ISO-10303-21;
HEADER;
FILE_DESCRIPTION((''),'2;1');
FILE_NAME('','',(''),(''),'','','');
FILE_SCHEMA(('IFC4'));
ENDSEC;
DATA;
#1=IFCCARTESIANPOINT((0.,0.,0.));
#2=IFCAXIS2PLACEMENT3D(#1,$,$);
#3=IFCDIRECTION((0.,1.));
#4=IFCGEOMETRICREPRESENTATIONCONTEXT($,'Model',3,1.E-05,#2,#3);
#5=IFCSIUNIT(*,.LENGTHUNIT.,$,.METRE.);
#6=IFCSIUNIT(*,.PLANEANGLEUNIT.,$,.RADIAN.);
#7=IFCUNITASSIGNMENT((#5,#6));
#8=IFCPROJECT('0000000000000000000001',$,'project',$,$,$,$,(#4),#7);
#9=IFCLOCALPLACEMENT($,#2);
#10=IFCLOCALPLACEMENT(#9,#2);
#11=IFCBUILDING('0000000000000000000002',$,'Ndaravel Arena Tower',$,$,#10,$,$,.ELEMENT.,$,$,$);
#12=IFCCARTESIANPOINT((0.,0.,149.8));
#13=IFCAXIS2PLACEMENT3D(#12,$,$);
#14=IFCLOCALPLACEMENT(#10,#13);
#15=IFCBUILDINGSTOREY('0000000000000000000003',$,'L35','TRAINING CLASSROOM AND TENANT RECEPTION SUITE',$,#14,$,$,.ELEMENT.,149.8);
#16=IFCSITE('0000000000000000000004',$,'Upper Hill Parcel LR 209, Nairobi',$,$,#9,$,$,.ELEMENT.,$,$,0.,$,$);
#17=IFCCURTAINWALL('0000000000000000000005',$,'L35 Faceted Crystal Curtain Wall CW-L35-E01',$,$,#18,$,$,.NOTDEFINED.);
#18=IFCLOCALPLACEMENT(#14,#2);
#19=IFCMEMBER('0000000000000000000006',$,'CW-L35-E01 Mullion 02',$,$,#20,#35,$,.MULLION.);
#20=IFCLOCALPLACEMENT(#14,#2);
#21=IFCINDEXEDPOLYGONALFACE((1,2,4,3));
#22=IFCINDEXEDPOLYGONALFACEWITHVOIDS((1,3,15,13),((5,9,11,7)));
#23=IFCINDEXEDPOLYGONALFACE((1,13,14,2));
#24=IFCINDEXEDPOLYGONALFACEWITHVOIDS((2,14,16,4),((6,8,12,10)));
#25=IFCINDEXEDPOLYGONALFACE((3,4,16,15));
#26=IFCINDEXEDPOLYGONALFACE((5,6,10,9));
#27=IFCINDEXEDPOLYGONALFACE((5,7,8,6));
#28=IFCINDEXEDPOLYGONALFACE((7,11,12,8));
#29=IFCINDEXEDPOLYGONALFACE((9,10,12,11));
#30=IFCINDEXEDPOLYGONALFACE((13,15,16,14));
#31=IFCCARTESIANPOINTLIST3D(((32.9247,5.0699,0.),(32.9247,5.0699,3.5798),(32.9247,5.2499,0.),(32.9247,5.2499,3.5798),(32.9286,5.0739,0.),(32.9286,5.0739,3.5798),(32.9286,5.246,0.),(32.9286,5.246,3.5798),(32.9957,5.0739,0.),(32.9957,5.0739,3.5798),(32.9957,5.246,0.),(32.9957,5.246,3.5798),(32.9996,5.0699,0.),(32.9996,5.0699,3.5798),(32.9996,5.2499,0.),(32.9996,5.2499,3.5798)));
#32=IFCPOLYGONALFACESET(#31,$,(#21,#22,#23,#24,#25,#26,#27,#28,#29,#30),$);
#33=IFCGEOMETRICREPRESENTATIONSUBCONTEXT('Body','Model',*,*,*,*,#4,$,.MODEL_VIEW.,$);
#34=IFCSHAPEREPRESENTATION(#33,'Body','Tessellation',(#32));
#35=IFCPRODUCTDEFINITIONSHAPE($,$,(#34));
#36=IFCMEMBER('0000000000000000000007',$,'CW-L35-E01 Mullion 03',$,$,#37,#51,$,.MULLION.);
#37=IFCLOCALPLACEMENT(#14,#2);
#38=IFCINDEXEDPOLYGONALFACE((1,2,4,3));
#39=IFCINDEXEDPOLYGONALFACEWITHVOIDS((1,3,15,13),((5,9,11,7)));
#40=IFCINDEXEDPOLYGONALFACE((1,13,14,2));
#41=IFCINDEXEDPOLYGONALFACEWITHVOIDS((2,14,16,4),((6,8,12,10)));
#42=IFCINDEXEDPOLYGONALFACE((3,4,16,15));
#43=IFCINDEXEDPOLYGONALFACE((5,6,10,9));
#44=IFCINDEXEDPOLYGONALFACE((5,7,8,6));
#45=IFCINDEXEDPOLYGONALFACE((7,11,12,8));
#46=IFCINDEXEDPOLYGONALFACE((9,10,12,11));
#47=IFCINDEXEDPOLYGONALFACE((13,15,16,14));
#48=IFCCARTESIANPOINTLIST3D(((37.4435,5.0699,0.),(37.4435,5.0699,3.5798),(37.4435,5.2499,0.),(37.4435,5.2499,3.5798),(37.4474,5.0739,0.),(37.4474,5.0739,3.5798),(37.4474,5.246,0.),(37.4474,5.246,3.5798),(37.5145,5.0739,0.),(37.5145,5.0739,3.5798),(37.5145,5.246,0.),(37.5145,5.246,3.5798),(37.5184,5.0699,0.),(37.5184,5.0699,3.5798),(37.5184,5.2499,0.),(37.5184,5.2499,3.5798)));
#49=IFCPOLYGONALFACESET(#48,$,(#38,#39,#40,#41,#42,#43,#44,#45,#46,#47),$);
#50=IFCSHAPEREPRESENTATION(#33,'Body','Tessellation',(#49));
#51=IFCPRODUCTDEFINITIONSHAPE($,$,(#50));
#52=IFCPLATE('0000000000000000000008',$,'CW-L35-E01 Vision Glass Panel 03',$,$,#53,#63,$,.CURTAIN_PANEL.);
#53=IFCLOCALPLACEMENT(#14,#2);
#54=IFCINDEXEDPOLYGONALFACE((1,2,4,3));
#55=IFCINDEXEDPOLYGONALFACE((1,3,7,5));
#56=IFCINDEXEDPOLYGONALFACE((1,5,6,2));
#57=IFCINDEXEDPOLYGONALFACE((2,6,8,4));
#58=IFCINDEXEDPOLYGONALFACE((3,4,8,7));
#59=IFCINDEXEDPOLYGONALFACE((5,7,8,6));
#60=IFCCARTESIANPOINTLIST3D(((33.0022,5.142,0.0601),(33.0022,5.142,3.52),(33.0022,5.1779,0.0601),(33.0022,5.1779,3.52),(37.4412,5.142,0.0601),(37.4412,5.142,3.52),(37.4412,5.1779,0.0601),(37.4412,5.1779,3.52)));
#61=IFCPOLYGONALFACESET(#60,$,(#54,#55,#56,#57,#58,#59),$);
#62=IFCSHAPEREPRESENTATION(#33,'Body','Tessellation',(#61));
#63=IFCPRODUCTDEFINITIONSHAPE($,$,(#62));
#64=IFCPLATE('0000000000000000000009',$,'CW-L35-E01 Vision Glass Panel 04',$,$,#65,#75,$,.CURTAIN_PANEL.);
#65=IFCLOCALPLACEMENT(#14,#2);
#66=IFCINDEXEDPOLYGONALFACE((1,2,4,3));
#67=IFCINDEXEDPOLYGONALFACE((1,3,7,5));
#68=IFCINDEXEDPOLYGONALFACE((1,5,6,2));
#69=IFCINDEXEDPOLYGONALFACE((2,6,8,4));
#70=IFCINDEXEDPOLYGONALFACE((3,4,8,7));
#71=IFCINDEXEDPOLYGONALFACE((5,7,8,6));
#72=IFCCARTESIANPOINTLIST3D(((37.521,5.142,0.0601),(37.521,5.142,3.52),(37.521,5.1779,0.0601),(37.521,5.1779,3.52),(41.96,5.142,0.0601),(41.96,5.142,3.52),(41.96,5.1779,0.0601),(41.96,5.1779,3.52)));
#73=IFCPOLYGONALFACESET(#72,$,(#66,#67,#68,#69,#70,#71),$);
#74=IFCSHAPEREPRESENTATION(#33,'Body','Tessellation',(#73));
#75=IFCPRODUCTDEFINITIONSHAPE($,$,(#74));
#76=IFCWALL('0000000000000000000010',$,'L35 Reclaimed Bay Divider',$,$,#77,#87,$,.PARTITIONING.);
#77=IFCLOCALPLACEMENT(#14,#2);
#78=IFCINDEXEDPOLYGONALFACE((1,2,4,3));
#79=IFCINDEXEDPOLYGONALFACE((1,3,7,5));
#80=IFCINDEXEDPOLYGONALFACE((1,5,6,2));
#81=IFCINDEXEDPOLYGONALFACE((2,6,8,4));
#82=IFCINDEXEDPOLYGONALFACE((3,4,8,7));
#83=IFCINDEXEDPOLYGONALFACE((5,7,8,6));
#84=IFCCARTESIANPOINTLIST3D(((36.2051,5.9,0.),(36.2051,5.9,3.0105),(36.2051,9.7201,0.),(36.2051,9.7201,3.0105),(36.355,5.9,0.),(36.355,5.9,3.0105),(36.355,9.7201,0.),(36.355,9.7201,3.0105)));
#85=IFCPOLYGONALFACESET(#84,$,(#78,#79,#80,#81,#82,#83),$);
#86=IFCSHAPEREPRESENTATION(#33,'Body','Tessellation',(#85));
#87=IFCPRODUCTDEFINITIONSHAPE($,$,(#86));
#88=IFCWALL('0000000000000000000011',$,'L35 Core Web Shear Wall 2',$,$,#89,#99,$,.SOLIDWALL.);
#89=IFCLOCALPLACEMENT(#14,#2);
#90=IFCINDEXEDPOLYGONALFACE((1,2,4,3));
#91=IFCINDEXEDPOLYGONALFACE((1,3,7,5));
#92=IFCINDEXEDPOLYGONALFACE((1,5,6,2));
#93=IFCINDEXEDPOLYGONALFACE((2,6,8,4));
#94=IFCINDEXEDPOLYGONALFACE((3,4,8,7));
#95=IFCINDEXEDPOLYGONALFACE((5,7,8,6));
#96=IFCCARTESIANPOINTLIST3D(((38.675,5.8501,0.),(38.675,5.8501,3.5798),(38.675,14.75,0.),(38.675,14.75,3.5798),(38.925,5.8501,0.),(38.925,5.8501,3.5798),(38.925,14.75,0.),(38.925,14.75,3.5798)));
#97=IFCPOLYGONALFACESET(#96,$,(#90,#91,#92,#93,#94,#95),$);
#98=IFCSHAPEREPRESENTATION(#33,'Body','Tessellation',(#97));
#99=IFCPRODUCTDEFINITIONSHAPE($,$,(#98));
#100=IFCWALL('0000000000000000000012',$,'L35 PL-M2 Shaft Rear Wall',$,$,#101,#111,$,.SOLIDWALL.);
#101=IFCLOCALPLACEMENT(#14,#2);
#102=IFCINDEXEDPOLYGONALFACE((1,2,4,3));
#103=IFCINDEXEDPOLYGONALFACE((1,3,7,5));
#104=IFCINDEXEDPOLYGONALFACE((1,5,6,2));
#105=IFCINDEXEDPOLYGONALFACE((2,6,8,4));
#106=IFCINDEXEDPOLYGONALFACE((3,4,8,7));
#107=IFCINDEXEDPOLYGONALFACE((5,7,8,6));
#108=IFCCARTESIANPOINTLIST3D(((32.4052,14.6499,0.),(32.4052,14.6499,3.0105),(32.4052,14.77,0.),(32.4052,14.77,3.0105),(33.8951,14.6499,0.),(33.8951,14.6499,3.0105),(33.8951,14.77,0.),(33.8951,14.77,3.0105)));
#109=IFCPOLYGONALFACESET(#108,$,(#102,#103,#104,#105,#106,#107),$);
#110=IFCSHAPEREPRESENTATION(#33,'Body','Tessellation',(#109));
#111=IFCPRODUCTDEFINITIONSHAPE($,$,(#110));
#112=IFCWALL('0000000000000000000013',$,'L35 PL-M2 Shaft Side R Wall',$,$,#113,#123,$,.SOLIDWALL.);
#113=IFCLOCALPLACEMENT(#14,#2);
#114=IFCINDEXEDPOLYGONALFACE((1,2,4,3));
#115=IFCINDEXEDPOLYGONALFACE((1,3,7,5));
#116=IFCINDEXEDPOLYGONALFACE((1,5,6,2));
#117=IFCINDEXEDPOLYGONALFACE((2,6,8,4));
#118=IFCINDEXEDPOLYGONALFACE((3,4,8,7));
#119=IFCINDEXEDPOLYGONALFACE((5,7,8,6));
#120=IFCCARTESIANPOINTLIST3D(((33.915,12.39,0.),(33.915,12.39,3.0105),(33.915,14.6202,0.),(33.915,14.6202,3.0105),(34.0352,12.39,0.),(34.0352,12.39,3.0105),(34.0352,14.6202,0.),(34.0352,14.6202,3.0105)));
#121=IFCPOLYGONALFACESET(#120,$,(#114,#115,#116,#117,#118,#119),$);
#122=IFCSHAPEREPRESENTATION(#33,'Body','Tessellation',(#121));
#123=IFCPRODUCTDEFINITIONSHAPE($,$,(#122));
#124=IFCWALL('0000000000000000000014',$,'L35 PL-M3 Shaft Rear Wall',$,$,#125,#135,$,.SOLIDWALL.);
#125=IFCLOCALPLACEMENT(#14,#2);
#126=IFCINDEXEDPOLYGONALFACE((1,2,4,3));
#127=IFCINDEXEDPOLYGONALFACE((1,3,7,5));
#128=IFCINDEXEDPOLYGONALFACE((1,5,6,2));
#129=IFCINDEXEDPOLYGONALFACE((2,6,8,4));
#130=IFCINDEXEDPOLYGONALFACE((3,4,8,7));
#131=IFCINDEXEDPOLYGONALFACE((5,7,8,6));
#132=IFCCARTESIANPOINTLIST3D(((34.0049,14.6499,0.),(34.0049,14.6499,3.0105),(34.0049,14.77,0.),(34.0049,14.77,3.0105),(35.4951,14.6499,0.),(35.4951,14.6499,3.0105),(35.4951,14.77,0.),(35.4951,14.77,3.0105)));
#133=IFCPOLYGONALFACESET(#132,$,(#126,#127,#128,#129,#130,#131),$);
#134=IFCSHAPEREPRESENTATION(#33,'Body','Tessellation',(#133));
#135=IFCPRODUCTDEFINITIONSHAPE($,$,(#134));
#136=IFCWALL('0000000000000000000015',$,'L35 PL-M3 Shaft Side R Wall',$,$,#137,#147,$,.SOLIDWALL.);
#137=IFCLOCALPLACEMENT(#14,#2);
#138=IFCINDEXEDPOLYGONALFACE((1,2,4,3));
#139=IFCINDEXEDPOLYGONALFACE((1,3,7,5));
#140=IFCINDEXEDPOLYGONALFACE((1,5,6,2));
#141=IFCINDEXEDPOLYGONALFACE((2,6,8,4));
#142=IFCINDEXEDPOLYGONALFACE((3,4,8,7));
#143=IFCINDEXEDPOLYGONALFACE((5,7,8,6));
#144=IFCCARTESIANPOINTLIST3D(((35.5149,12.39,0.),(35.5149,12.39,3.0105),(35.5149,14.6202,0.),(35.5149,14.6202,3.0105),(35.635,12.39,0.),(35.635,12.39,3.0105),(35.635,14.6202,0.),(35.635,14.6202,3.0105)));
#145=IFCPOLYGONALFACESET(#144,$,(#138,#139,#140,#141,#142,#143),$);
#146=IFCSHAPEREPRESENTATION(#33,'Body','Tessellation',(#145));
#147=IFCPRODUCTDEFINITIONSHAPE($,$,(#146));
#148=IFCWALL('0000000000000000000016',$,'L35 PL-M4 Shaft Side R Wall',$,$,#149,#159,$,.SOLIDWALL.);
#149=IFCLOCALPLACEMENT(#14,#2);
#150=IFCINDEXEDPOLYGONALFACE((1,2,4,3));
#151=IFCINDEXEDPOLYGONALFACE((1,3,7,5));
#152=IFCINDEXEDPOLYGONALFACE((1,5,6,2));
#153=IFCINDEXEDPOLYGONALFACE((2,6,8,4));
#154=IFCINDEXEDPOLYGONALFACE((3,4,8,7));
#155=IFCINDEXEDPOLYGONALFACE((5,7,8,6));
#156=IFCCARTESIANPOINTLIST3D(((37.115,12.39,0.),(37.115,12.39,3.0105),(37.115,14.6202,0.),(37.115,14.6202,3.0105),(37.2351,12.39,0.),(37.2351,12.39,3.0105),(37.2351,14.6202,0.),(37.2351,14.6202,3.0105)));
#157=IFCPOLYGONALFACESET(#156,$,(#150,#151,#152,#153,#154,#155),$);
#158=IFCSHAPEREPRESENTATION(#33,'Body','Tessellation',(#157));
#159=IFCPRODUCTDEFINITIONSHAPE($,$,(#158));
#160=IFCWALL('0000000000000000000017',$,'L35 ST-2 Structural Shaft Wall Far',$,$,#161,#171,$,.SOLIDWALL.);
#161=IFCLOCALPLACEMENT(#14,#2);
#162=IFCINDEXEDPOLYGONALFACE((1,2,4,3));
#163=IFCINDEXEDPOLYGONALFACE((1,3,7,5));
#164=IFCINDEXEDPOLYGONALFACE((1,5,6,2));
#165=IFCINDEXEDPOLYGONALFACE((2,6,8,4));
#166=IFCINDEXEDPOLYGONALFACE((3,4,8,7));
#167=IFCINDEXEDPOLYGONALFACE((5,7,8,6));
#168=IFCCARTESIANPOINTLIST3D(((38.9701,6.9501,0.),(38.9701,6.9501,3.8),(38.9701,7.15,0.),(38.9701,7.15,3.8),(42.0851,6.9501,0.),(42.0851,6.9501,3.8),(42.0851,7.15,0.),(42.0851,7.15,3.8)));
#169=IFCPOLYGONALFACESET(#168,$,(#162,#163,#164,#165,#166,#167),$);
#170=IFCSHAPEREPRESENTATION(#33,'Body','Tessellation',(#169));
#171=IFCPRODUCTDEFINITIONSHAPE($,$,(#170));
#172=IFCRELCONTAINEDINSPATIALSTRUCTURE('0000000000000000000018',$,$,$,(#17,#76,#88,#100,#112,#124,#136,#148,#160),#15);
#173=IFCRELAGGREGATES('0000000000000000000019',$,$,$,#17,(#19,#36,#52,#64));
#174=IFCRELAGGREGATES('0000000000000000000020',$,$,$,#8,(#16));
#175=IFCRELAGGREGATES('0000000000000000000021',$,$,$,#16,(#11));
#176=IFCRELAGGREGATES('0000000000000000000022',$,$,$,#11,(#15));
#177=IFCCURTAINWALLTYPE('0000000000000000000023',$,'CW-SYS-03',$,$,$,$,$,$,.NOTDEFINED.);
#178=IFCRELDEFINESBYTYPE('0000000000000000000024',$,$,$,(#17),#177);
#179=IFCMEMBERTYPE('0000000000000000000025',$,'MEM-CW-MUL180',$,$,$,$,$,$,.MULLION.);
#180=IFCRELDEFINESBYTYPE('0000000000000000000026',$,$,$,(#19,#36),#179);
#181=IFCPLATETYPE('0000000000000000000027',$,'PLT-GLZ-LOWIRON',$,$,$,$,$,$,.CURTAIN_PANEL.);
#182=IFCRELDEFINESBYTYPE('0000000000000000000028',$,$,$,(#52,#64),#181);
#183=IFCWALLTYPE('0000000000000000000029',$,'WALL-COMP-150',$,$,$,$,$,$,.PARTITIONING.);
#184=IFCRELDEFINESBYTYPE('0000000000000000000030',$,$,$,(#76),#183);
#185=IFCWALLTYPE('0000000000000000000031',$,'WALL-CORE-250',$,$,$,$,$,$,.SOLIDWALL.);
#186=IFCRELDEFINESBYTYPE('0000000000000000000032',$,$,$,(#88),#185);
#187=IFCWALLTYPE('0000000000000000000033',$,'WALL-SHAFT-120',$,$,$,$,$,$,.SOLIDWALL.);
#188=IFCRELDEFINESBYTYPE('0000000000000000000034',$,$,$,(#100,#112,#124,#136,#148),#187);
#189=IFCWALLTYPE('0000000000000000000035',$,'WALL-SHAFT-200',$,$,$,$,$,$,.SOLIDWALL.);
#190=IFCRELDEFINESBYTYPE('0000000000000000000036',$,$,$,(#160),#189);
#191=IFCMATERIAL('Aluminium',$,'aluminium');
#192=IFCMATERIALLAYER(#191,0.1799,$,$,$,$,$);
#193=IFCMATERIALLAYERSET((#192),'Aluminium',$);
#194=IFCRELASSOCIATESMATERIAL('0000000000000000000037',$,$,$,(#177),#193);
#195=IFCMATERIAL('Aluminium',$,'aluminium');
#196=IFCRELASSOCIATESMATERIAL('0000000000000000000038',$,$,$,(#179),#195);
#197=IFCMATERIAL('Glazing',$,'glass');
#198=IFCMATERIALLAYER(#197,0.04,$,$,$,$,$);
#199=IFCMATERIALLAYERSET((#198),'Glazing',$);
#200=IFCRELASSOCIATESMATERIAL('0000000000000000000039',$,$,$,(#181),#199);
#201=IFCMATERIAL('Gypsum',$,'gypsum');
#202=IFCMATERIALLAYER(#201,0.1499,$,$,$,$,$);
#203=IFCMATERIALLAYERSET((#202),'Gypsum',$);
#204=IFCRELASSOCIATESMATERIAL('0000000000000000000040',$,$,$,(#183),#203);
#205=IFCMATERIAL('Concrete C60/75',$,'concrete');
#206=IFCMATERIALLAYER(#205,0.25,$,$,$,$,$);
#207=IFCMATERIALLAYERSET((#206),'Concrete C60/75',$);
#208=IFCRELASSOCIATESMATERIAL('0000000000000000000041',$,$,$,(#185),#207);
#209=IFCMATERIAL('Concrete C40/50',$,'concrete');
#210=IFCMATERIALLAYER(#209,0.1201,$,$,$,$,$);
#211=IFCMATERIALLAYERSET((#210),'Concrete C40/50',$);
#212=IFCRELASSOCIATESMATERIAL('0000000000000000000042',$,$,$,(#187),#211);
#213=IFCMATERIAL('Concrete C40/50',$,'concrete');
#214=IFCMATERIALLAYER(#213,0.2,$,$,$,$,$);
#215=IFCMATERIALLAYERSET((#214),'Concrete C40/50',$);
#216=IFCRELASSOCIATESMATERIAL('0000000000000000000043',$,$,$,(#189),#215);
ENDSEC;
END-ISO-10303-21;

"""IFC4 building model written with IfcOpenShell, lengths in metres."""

from ifc_helpers import new_model, si_unit, direction, frame, frame_2d, origin, origin_2d, place, context, subcontext, project, spatial, rectangle, hollow_rectangle, extrude, material, layer, layer_set, material_profile, profile_set, type_object, element, aggregate, save


model = new_model("IFC4")

# Units and contexts
model_context = context("Model", 3, precision=1e-05, world=origin(), true_north=direction((0.0, 1.0)))
body_context = subcontext(model_context, "Body", "Model", "MODEL_VIEW")
ifc_project = project(units=[si_unit("LENGTHUNIT", "METRE"), si_unit("PLANEANGLEUNIT", "RADIAN")], contexts=[model_context])

# Site, building, storey
site_placement = place(None, origin())
site = spatial("IfcSite", under=ifc_project, at=site_placement, Name="Upper Hill Parcel LR 209, Nairobi", CompositionType="ELEMENT", RefElevation=0.0)
building_placement = place(site_placement, origin())
building = spatial("IfcBuilding", under=site, at=building_placement, Name="Ndaravel Arena Tower", CompositionType="ELEMENT")
storey_placement = place(building_placement, frame((0.0, 0.0, 149.8)))
storey = spatial("IfcBuildingStorey", under=building, at=storey_placement, Name="L35", Description="TRAINING CLASSROOM AND TENANT RECEPTION SUITE", CompositionType="ELEMENT", Elevation=149.8)

# Curtain wall, members, plates
ifc_material_1 = material(Name="Aluminium", Category="aluminium")
ifc_layer_1 = layer(ifc_material_1, 0.1799)
ifc_layer_set_1 = layer_set([ifc_layer_1], Name="Aluminium")
curtain_wall_type = type_object("IfcCurtainWallType", Name="CW-SYS-03", PredefinedType="NOTDEFINED", material=ifc_layer_set_1)
curtain_wall_placement = place(storey_placement, origin())
curtain_wall = element("IfcCurtainWall", 1, at=curtain_wall_placement, inside=storey, type_object=curtain_wall_type, Name="L35 Faceted Crystal Curtain Wall CW-L35-E01", PredefinedType="NOTDEFINED")
ifc_material_2 = material(Name="Aluminium", Category="aluminium")
ifc_material_profile = material_profile(ifc_material_2, hollow_rectangle(XDim=0.075, YDim=0.1799, WallThickness=0.0039, at=origin_2d()), Name="CW MULLION 75x180x4")
ifc_profile_set = profile_set([ifc_material_profile], Name="Aluminium")
member_type = type_object("IfcMemberType", Name="MEM-CW-MUL180", PredefinedType="MULLION", material=ifc_profile_set)
member_1_placement = place(storey_placement, frame((32.9622, 5.1599, 0.0), z_axis=(0.0, 0.0, 1.0), x_axis=(1.0, 0.0, 0.0)))
member_1 = element("IfcMember", 2, at=member_1_placement, type_object=member_type, Name="CW-L35-E01 Mullion 02", PredefinedType="MULLION", context=body_context, shape_type="SweptSolid", body=[
    extrude(hollow_rectangle(XDim=0.075, YDim=0.1799, WallThickness=0.0039, at=origin_2d()), origin(), (0.0, 0.0, 1.0), 3.5798),
])
member_2_placement = place(storey_placement, frame((37.481, 5.1599, 0.0), z_axis=(0.0, 0.0, 1.0), x_axis=(1.0, 0.0, 0.0)))
member_2 = element("IfcMember", 3, at=member_2_placement, type_object=member_type, Name="CW-L35-E01 Mullion 03", PredefinedType="MULLION", context=body_context, shape_type="SweptSolid", body=[
    extrude(hollow_rectangle(XDim=0.075, YDim=0.1799, WallThickness=0.0039, at=origin_2d()), origin(), (0.0, 0.0, 1.0), 3.5798),
])
ifc_material_3 = material(Name="Glazing", Category="glass")
ifc_layer_2 = layer(ifc_material_3, 0.04)
ifc_layer_set_2 = layer_set([ifc_layer_2], Name="Glazing")
plate_type = type_object("IfcPlateType", Name="PLT-GLZ-LOWIRON", PredefinedType="CURTAIN_PANEL", material=ifc_layer_set_2)
plate_1_placement = place(storey_placement, frame((35.2217, 5.1599, 0.0601), z_axis=(0.0, 0.0, 1.0), x_axis=(1.0, 0.0, 0.0)))
plate_1 = element("IfcPlate", 4, at=plate_1_placement, type_object=plate_type, Name="CW-L35-E01 Vision Glass Panel 03", PredefinedType="CURTAIN_PANEL", context=body_context, shape_type="SweptSolid", body=[
    extrude(rectangle(XDim=4.439, YDim=0.0359, at=origin_2d()), origin(), (0.0, 0.0, 1.0), 3.46),
])
plate_2_placement = place(storey_placement, frame((39.7405, 5.1599, 0.0601), z_axis=(0.0, 0.0, 1.0), x_axis=(1.0, 0.0, 0.0)))
plate_2 = element("IfcPlate", 5, at=plate_2_placement, type_object=plate_type, Name="CW-L35-E01 Vision Glass Panel 04", PredefinedType="CURTAIN_PANEL", context=body_context, shape_type="SweptSolid", body=[
    extrude(rectangle(XDim=4.439, YDim=0.0359, at=origin_2d()), origin(), (0.0, 0.0, 1.0), 3.46),
])
aggregate(curtain_wall, [member_1, member_2, plate_1, plate_2])

# Walls
ifc_material_4 = material(Name="Gypsum", Category="gypsum")
ifc_layer_3 = layer(ifc_material_4, 0.1499)
ifc_layer_set_3 = layer_set([ifc_layer_3], Name="Gypsum")
wall_type_1 = type_object("IfcWallType", Name="WALL-COMP-150", PredefinedType="PARTITIONING", material=ifc_layer_set_3)
wall_1_placement = place(storey_placement, frame((36.28, 5.8999, 0.0), z_axis=(0.0, 0.0, 1.0), x_axis=(0.0, 1.0, 0.0)))
element("IfcWall", 6, at=wall_1_placement, inside=storey, type_object=wall_type_1, Name="L35 Reclaimed Bay Divider", PredefinedType="PARTITIONING", context=body_context, shape_type="SweptSolid", body=[
    extrude(rectangle(XDim=3.8201, YDim=0.1499, at=frame_2d((1.9102, 0.0))), origin(), (0.0, 0.0, 1.0), 3.0105),
])
ifc_material_5 = material(Name="Concrete C60/75", Category="concrete")
ifc_layer_4 = layer(ifc_material_5, 0.25)
ifc_layer_set_4 = layer_set([ifc_layer_4], Name="Concrete C60/75")
wall_type_2 = type_object("IfcWallType", Name="WALL-CORE-250", PredefinedType="SOLIDWALL", material=ifc_layer_set_4)
wall_2_placement = place(storey_placement, frame((38.8, 5.8501, 0.0), z_axis=(0.0, 0.0, 1.0), x_axis=(0.0, 1.0, 0.0)))
element("IfcWall", 7, at=wall_2_placement, inside=storey, type_object=wall_type_2, Name="L35 Core Web Shear Wall 2", PredefinedType="SOLIDWALL", context=body_context, shape_type="SweptSolid", body=[
    extrude(rectangle(XDim=8.8999, YDim=0.25, at=frame_2d((4.45, 0.0))), origin(), (0.0, 0.0, 1.0), 3.5798),
])
ifc_material_6 = material(Name="Concrete C40/50", Category="concrete")
ifc_layer_5 = layer(ifc_material_6, 0.1201)
ifc_layer_set_5 = layer_set([ifc_layer_5], Name="Concrete C40/50")
wall_type_3 = type_object("IfcWallType", Name="WALL-SHAFT-120", PredefinedType="SOLIDWALL", material=ifc_layer_set_5)
wall_3_placement = place(storey_placement, frame((32.405, 14.71, 0.0), z_axis=(0.0, 0.0, 1.0), x_axis=(1.0, 0.0, 0.0)))
element("IfcWall", 8, at=wall_3_placement, inside=storey, type_object=wall_type_3, Name="L35 PL-M2 Shaft Rear Wall", PredefinedType="SOLIDWALL", context=body_context, shape_type="SweptSolid", body=[
    extrude(rectangle(XDim=1.49, YDim=0.1201, at=frame_2d((0.7451, 0.0))), origin(), (0.0, 0.0, 1.0), 3.0105),
])
wall_4_placement = place(storey_placement, frame((33.9751, 12.3899, 0.0), z_axis=(0.0, 0.0, 1.0), x_axis=(0.0, 1.0, 0.0)))
element("IfcWall", 9, at=wall_4_placement, inside=storey, type_object=wall_type_3, Name="L35 PL-M2 Shaft Side R Wall", PredefinedType="SOLIDWALL", context=body_context, shape_type="SweptSolid", body=[
    extrude(rectangle(XDim=2.2302, YDim=0.1201, at=frame_2d((1.1152, 0.0))), origin(), (0.0, 0.0, 1.0), 3.0105),
])
wall_5_placement = place(storey_placement, frame((34.0049, 14.71, 0.0), z_axis=(0.0, 0.0, 1.0), x_axis=(1.0, 0.0, 0.0)))
element("IfcWall", 10, at=wall_5_placement, inside=storey, type_object=wall_type_3, Name="L35 PL-M3 Shaft Rear Wall", PredefinedType="SOLIDWALL", context=body_context, shape_type="SweptSolid", body=[
    extrude(rectangle(XDim=1.4902, YDim=0.1201, at=frame_2d((0.7451, 0.0))), origin(), (0.0, 0.0, 1.0), 3.0105),
])
for number, where, z_axis, x_axis, name in (
    (11, (35.575, 12.3899, 0.0), (0.0, 0.0, 1.0), (0.0, 1.0, 0.0), "L35 PL-M3 Shaft Side R Wall"),
    (12, (37.175, 12.3899, 0.0), (0.0, 0.0, 1.0), (0.0, 1.0, 0.0), "L35 PL-M4 Shaft Side R Wall"),
):
    element("IfcWall", number, at=place(storey_placement, frame(where, z_axis=z_axis, x_axis=x_axis)), inside=storey, type_object=wall_type_3, Name=name, PredefinedType="SOLIDWALL", context=body_context, shape_type="SweptSolid", body=[
        extrude(rectangle(XDim=2.2302, YDim=0.1201, at=frame_2d((1.1152, 0.0))), origin(), (0.0, 0.0, 1.0), 3.0105),
    ])
ifc_material_7 = material(Name="Concrete C40/50", Category="concrete")
ifc_layer_6 = layer(ifc_material_7, 0.2)
ifc_layer_set_6 = layer_set([ifc_layer_6], Name="Concrete C40/50")
wall_type_4 = type_object("IfcWallType", Name="WALL-SHAFT-200", PredefinedType="SOLIDWALL", material=ifc_layer_set_6)
wall_6_placement = place(storey_placement, frame((38.97, 7.05, 0.0), z_axis=(0.0, 0.0, 1.0), x_axis=(1.0, 0.0, 0.0)))
element("IfcWall", 13, at=wall_6_placement, inside=storey, type_object=wall_type_4, Name="L35 ST-2 Structural Shaft Wall Far", PredefinedType="SOLIDWALL", context=body_context, shape_type="SweptSolid", body=[
    extrude(rectangle(XDim=3.115, YDim=0.2, at=frame_2d((1.5576, 0.0))), origin(), (0.0, 0.0, 1.0), 3.8),
])

save(model, "model.ifc")
